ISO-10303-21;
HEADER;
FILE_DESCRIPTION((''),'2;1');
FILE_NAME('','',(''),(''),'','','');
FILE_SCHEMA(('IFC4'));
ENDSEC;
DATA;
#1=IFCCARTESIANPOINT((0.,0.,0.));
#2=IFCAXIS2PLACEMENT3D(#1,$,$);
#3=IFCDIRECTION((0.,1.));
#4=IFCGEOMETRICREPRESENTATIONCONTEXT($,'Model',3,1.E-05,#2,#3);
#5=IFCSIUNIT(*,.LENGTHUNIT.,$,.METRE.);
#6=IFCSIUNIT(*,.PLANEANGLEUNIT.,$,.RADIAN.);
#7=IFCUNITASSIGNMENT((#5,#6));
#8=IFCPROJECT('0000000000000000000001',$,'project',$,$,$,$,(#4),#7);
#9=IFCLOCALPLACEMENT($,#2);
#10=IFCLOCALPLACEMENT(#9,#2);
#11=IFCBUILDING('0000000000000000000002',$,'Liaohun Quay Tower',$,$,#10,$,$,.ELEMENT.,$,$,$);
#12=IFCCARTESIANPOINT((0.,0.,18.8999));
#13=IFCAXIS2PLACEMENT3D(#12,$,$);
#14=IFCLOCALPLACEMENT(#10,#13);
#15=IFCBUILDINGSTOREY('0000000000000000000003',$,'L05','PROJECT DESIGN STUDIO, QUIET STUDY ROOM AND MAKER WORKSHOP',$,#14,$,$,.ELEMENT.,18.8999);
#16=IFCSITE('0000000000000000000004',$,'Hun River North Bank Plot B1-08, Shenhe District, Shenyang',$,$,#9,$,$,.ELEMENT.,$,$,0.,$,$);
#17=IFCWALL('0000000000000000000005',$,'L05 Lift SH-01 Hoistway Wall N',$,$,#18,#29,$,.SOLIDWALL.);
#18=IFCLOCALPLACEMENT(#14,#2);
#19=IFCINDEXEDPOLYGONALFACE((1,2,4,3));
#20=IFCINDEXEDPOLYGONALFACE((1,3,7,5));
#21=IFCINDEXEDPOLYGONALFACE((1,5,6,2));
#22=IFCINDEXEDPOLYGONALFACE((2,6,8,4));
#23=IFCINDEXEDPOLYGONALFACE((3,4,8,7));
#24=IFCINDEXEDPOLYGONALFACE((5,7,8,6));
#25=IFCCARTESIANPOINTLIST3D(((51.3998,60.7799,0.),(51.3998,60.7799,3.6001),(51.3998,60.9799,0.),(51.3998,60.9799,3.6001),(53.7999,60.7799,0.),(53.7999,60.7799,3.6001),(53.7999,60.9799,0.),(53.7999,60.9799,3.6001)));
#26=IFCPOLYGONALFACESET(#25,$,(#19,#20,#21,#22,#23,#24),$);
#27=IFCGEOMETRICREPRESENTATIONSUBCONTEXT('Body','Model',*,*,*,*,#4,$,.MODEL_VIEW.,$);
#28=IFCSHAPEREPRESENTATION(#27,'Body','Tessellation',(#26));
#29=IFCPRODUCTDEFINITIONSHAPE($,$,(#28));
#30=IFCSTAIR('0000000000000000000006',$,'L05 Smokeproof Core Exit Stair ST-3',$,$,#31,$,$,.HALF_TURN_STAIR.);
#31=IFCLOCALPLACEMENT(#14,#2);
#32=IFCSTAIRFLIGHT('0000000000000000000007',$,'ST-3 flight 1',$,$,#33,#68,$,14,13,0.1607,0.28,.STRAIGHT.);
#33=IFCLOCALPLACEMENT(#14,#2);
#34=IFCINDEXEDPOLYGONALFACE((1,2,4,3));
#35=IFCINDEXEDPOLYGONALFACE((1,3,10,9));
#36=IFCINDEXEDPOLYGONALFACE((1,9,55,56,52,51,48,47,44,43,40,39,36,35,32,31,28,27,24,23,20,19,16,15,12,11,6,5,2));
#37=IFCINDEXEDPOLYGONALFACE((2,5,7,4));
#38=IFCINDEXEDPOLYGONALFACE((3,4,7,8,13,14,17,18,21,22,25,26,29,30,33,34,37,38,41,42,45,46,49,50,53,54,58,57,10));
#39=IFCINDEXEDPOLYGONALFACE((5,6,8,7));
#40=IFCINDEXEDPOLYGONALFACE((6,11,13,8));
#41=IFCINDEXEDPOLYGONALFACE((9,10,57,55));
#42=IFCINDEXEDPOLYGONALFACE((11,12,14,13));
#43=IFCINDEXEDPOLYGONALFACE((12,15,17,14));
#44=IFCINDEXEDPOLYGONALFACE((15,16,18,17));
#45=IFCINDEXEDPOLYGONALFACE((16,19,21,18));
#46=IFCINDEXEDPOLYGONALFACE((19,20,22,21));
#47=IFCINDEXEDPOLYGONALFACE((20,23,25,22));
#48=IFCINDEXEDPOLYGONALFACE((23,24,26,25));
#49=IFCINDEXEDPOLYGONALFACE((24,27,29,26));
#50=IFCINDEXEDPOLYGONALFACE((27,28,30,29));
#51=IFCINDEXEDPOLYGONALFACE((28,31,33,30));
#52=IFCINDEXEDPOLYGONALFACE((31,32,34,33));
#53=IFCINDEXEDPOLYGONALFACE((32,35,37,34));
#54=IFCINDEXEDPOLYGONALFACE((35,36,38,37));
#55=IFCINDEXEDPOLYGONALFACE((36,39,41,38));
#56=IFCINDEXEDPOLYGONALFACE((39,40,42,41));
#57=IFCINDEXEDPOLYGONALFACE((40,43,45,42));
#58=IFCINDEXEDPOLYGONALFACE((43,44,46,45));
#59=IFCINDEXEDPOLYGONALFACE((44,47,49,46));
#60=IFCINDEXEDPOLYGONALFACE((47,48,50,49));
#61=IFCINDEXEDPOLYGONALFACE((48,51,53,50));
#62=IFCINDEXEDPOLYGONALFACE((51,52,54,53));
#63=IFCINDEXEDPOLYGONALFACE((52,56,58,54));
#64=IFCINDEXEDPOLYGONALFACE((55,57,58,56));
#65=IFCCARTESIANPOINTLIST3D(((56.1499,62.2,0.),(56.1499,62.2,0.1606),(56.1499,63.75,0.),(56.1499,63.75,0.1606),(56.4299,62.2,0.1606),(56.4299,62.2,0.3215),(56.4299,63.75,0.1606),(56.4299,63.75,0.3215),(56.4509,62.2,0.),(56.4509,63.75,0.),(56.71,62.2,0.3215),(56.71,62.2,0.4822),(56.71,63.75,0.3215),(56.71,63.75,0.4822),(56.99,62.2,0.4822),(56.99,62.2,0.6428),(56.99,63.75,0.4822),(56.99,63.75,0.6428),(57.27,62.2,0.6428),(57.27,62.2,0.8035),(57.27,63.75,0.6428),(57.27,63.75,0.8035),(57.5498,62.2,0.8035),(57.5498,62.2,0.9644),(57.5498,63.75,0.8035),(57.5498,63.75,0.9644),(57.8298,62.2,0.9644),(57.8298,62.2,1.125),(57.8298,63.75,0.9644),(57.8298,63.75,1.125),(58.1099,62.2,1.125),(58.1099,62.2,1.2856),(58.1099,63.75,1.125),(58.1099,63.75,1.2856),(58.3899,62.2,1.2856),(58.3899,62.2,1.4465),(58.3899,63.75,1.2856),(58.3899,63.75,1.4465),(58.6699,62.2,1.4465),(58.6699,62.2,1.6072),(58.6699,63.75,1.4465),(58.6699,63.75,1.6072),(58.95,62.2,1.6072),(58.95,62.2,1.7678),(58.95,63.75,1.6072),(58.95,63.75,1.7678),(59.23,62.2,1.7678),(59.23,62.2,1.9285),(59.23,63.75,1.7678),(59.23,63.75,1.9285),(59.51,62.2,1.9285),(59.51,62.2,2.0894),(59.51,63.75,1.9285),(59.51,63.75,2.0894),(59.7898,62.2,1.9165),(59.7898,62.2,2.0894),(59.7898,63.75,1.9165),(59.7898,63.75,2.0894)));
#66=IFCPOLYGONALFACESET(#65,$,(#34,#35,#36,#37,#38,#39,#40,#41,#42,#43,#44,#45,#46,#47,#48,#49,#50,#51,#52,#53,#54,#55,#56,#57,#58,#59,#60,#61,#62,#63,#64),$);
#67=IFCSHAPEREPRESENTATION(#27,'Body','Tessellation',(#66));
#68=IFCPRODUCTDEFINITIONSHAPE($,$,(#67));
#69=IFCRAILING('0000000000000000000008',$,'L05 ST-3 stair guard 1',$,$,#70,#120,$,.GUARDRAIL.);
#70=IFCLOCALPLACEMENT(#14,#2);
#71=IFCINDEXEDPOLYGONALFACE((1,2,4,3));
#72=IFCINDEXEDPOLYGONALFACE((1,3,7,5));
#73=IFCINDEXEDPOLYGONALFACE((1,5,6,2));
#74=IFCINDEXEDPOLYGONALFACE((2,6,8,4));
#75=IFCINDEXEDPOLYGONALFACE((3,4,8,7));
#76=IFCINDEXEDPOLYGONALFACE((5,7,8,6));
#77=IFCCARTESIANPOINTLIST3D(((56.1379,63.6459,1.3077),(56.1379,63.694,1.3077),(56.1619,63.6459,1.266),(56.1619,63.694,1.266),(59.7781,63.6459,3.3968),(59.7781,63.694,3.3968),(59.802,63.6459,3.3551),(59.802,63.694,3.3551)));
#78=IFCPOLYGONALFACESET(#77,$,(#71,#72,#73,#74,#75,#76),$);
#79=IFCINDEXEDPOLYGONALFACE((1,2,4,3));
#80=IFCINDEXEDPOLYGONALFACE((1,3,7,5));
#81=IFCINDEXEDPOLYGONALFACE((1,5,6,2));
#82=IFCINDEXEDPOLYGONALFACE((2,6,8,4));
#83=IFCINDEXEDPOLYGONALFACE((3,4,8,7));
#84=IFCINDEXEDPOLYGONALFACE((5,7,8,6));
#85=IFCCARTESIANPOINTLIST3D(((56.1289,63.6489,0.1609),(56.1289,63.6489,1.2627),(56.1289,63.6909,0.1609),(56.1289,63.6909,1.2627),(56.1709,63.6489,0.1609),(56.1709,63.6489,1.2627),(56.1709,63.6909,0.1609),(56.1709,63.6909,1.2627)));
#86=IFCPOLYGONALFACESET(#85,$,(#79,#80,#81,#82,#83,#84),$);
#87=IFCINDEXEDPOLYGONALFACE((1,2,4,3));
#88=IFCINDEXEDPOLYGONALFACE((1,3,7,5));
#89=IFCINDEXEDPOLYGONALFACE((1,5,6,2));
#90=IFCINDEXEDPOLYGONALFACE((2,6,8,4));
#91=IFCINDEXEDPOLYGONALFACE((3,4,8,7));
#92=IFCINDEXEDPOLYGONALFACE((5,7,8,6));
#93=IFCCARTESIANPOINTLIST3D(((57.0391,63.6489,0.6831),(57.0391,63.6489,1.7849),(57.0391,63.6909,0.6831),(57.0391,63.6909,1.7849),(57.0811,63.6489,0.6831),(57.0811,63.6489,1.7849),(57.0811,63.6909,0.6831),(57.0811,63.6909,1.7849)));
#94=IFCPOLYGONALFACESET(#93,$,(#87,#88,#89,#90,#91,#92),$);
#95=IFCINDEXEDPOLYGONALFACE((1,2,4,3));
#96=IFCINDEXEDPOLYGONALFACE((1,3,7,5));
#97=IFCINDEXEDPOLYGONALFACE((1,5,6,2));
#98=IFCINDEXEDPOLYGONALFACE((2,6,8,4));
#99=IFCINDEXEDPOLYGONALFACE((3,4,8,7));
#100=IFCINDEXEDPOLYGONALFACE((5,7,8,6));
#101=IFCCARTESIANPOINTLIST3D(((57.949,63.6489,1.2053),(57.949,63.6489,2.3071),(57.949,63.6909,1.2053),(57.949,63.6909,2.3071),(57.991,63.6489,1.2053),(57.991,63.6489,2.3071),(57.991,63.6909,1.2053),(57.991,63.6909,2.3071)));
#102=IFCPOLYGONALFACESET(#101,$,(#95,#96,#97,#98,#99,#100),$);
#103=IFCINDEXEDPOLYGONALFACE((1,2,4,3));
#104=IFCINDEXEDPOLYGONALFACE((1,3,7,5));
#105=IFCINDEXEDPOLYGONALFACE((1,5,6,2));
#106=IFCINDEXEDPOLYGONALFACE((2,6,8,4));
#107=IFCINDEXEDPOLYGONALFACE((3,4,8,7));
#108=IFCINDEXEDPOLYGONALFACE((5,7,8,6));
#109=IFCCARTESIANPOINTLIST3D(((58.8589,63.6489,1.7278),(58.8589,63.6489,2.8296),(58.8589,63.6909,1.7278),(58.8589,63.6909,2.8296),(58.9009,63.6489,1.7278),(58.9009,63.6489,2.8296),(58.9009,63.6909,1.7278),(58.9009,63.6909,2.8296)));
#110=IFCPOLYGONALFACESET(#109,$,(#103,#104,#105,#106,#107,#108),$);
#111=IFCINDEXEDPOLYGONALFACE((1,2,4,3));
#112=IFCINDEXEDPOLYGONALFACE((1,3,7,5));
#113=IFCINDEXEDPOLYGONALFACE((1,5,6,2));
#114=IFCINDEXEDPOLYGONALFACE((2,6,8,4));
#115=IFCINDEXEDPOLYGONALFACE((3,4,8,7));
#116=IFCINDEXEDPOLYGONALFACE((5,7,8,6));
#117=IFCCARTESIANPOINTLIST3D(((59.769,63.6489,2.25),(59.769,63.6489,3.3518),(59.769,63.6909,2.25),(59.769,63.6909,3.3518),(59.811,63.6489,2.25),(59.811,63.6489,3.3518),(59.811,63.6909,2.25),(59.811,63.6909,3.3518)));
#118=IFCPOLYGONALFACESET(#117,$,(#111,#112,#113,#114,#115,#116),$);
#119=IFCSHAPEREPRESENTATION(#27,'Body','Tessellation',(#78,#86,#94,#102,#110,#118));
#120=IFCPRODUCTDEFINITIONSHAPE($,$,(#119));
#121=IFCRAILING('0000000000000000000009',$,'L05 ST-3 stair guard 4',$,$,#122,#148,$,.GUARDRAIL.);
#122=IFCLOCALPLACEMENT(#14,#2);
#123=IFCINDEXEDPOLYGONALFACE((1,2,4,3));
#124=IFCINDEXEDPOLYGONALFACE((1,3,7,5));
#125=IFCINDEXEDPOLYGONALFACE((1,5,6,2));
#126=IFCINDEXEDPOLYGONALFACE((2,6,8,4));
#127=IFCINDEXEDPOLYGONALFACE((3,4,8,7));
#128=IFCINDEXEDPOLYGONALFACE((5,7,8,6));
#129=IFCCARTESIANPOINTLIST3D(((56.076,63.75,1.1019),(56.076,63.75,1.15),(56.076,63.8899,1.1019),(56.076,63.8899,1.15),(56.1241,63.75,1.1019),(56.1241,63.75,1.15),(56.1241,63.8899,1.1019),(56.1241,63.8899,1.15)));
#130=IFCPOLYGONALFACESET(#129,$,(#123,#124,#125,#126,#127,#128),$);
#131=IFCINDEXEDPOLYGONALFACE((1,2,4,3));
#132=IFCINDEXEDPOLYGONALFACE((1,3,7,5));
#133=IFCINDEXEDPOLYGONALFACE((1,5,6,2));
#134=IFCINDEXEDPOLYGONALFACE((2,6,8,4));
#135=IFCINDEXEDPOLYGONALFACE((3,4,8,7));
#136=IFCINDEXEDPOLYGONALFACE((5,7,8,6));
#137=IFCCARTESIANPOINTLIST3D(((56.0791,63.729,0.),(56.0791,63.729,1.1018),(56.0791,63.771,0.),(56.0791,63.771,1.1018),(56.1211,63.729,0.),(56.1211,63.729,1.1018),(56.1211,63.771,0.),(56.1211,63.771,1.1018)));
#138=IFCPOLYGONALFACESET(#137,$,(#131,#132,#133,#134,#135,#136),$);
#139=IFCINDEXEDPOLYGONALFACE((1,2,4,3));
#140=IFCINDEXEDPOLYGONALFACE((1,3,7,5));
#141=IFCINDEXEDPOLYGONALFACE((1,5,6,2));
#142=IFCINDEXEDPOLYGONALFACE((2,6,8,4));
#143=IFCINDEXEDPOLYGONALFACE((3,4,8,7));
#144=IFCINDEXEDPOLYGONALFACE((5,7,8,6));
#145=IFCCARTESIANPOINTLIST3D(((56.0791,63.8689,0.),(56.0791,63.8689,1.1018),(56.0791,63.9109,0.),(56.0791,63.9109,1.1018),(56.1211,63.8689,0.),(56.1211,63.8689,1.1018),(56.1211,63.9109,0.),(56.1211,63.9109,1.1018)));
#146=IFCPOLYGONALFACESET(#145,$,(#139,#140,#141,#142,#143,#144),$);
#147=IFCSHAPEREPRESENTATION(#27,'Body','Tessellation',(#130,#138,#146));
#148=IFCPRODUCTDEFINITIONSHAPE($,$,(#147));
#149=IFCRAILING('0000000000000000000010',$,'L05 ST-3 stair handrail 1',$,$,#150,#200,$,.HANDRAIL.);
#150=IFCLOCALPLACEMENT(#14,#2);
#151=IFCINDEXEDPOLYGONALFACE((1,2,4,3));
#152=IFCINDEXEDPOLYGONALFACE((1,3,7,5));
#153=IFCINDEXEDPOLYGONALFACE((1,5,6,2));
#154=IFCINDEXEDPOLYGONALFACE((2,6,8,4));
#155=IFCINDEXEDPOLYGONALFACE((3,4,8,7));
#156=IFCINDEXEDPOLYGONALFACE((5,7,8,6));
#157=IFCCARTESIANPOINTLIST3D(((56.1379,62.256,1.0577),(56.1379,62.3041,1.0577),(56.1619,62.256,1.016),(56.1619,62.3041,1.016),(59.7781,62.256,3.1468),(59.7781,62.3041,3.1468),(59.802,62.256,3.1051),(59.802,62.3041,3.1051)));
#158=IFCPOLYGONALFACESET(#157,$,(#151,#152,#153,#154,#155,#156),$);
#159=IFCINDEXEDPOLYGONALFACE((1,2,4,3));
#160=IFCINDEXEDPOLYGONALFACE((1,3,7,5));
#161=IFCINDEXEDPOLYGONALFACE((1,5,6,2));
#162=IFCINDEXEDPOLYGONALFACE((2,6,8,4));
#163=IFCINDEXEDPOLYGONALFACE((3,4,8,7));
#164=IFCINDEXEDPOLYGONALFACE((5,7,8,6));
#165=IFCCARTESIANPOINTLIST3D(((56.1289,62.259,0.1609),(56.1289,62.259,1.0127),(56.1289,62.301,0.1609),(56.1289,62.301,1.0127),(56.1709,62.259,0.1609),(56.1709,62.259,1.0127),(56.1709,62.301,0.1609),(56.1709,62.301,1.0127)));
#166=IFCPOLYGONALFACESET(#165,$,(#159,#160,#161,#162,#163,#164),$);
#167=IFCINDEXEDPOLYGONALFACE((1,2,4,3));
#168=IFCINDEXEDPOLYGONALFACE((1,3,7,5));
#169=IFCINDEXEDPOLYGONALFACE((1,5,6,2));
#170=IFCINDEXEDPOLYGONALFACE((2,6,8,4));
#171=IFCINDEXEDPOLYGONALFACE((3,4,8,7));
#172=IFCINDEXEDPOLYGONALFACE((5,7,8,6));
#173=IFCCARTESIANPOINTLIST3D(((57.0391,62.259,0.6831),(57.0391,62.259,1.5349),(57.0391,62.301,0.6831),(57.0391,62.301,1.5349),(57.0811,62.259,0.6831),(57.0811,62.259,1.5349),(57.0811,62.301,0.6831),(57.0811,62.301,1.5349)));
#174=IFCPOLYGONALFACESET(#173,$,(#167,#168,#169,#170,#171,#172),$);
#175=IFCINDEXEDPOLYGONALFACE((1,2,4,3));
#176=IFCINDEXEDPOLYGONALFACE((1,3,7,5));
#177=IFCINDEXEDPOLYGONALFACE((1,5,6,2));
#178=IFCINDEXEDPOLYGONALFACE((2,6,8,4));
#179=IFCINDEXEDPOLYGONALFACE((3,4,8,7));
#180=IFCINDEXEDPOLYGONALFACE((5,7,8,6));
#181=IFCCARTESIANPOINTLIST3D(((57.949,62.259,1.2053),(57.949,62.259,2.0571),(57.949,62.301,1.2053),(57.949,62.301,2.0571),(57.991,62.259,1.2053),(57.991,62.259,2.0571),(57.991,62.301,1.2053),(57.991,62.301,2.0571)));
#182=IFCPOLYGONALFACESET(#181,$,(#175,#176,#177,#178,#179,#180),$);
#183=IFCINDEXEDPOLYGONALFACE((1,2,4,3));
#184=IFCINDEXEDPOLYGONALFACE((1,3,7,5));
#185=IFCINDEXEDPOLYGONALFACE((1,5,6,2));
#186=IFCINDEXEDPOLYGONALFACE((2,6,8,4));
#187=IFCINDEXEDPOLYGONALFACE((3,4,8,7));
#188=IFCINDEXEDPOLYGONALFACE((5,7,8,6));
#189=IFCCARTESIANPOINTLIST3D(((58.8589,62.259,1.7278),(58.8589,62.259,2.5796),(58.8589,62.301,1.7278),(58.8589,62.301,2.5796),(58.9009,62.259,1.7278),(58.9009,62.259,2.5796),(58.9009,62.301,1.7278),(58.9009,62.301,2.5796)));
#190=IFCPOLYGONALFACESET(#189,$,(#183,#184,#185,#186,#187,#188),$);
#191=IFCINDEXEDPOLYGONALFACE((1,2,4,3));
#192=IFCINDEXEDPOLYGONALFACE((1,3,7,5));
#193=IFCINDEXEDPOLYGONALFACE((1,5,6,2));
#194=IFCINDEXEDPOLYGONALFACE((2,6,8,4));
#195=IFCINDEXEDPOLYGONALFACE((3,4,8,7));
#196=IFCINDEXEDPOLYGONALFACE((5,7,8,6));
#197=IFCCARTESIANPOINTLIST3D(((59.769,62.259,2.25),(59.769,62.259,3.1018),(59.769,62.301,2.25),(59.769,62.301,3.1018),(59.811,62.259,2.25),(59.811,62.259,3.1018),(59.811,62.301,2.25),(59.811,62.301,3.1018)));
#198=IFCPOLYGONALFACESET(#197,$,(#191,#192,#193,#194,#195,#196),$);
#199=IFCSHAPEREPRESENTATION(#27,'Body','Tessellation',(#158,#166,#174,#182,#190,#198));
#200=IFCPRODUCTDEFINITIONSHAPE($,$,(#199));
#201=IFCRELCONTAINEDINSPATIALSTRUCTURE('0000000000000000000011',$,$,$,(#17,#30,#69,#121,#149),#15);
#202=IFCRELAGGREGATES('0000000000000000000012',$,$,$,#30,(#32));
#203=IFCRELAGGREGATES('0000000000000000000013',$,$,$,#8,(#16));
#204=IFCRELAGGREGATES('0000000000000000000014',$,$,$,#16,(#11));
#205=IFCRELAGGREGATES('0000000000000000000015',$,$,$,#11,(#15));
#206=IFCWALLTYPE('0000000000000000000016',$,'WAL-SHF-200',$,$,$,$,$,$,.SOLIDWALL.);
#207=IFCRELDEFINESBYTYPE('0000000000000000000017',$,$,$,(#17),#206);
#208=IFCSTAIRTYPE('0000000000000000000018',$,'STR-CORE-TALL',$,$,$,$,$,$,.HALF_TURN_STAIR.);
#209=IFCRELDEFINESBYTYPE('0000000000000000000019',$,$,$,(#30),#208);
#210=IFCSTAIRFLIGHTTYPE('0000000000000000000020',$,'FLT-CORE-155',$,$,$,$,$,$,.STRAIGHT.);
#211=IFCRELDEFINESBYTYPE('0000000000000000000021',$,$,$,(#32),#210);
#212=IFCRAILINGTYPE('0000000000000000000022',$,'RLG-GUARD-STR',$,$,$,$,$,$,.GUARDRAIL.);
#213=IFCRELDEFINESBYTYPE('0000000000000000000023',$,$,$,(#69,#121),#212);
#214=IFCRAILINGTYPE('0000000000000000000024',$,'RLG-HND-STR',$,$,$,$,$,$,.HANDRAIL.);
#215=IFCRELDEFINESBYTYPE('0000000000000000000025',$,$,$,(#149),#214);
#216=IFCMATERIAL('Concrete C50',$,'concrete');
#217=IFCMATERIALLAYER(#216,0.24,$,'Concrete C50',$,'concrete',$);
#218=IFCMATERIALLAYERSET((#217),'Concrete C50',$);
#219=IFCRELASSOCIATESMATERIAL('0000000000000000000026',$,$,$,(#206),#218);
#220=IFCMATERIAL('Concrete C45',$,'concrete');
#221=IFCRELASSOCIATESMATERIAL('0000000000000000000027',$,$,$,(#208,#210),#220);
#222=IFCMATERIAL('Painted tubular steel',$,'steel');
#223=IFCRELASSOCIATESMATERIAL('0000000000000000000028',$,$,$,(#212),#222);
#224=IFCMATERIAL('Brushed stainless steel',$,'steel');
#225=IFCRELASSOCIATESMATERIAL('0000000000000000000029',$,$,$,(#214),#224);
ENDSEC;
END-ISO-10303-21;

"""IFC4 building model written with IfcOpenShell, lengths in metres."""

from ifc_helpers import new_model, si_unit, direction, frame, frame_2d, origin, origin_2d, place, context, subcontext, project, spatial, polyline, rectangle, outline, extrude, material, layer, layer_set, type_object, element, aggregate, save


model = new_model("IFC4")

# Units and contexts
model_context = context("Model", 3, precision=1e-05, world=origin(), true_north=direction((0.0, 1.0)))
body_context = subcontext(model_context, "Body", "Model", "MODEL_VIEW")
ifc_project = project(units=[si_unit("LENGTHUNIT", "METRE"), si_unit("PLANEANGLEUNIT", "RADIAN")], contexts=[model_context])

# Site, building, storey
site_placement = place(None, origin())
site = spatial("IfcSite", under=ifc_project, at=site_placement, Name="Hun River North Bank Plot B1-08, Shenhe District, Shenyang", CompositionType="ELEMENT", RefElevation=0.0)
building_placement = place(site_placement, origin())
building = spatial("IfcBuilding", under=site, at=building_placement, Name="Liaohun Quay Tower", CompositionType="ELEMENT")
storey_placement = place(building_placement, frame((0.0, 0.0, 18.8999)))
storey = spatial("IfcBuildingStorey", under=building, at=storey_placement, Name="L05", Description="PROJECT DESIGN STUDIO, QUIET STUDY ROOM AND MAKER WORKSHOP", CompositionType="ELEMENT", Elevation=18.8999)

# Wall
ifc_material_1 = material(Name="Concrete C50", Category="concrete")
ifc_layer_1 = layer(ifc_material_1, 0.24, Name="Concrete C50", Category="concrete")
ifc_layer_set_1 = layer_set([ifc_layer_1], Name="Concrete C50")
wall_type_1 = type_object("IfcWallType", Name="WAL-SHF-200", PredefinedType="SOLIDWALL", material=ifc_layer_set_1)
wall_1_placement = place(storey_placement, frame((53.8, 60.8799, 0.0), z_axis=(0.0, 0.0, 1.0), x_axis=(-1.0, 0.0, 0.0)))
element("IfcWall", 1, at=wall_1_placement, inside=storey, type_object=wall_type_1, Name="L05 Lift SH-01 Hoistway Wall N", PredefinedType="SOLIDWALL", context=body_context, shape_type="SweptSolid", body=[
    extrude(rectangle(XDim=2.4001, YDim=0.2, at=frame_2d((1.2002, 0.0))), origin(), (0.0, 0.0, 1.0), 3.6001),
])

# Stair, stair flight
ifc_material_2 = material(Name="Concrete C45", Category="concrete")
stair_type = type_object("IfcStairType", Name="STR-CORE-TALL", PredefinedType="HALF_TURN_STAIR", material=ifc_material_2)
stair_placement = place(storey_placement, origin())
stair = element("IfcStair", 2, at=stair_placement, inside=storey, type_object=stair_type, Name="L05 Smokeproof Core Exit Stair ST-3", PredefinedType="HALF_TURN_STAIR")
stair_flight_type = type_object("IfcStairFlightType", Name="FLT-CORE-155", PredefinedType="STRAIGHT", material=ifc_material_2)
stair_flight_placement = place(storey_placement, frame((56.1499, 62.9751, 0.0), z_axis=(0.0, 0.0, 1.0), x_axis=(1.0, 0.0, 0.0)))
stair_flight = element("IfcStairFlight", 3, at=stair_flight_placement, type_object=stair_flight_type, Name="ST-3 flight 1", NumberOfRisers=14, NumberOfTreads=13, PredefinedType="STRAIGHT", RiserHeight=0.1607, TreadLength=0.28, context=body_context, shape_type="SweptSolid", body=[
    extrude(outline(polyline([(0.0, 0.0), (0.0, 0.1606), (0.28, 0.1606), (0.28, 0.3215), (0.5601, 0.3215), (0.5601, 0.4822), (0.8401, 0.4822), (0.8401, 0.6428), (1.1201, 0.6428), (1.1201, 0.8035), (1.3999, 0.8035), (1.3999, 0.9644), (1.6799, 0.9644), (1.6799, 1.125), (1.96, 1.125), (1.96, 1.2856), (2.24, 1.2856), (2.24, 1.4465), (2.52, 1.4465), (2.52, 1.6072), (2.8, 1.6072), (2.8, 1.7678), (3.0801, 1.7678), (3.0801, 1.9285), (3.3601, 1.9285), (3.3601, 2.0894), (3.6399, 2.0894), (3.6399, 2.25), (3.6399, 1.9165), (0.301, 0.0), (0.0, 0.0)])), frame((0.0, 0.7749, 0.0), z_axis=(0.0, -1.0, 0.0), x_axis=(1.0, 0.0, 0.0)), (0.0, 0.0, 1.0), 1.55),
])
aggregate(stair, [stair_flight])

# Railings
ifc_material_3 = material(Name="Painted tubular steel", Category="steel")
railing_type_1 = type_object("IfcRailingType", Name="RLG-GUARD-STR", PredefinedType="GUARDRAIL", material=ifc_material_3)
railing_1_placement = place(storey_placement, frame((56.1499, 63.6699, 0.1609)))
element("IfcRailing", 4, at=railing_1_placement, inside=storey, type_object=railing_type_1, Name="L05 ST-3 stair guard 1", PredefinedType="GUARDRAIL", context=body_context, shape_type="SweptSolid", body=[
    extrude(rectangle(XDim=0.0481, YDim=0.0481, at=origin_2d()), frame((0.0, 0.0, 1.126), z_axis=(0.867314, 0.0, 0.497761), x_axis=(0.0, 1.0, 0.0)), (0.0, 0.0, 1.0), 4.197),
    extrude(rectangle(XDim=0.042, YDim=0.042, at=origin_2d()), origin(), (0.0, 0.0, 1.0), 1.1018),
    extrude(rectangle(XDim=0.042, YDim=0.042, at=origin_2d()), frame((0.9102, 0.0, 0.5222)), (0.0, 0.0, 1.0), 1.1018),
    extrude(rectangle(XDim=0.042, YDim=0.042, at=origin_2d()), frame((1.8201, 0.0, 1.0444)), (0.0, 0.0, 1.0), 1.1018),
    extrude(rectangle(XDim=0.042, YDim=0.042, at=origin_2d()), frame((2.73, 0.0, 1.5669)), (0.0, 0.0, 1.0), 1.1018),
    extrude(rectangle(XDim=0.042, YDim=0.042, at=origin_2d()), frame((3.6401, 0.0, 2.0891)), (0.0, 0.0, 1.0), 1.1018),
])
railing_2_placement = place(storey_placement, frame((56.1001, 63.75, 0.0)))
element("IfcRailing", 5, at=railing_2_placement, inside=storey, type_object=railing_type_1, Name="L05 ST-3 stair guard 4", PredefinedType="GUARDRAIL", context=body_context, shape_type="SweptSolid", body=[
    extrude(rectangle(XDim=0.0481, YDim=0.0481, at=origin_2d()), frame((0.0, 0.0, 1.126), z_axis=(0.0, 1.0, 0.0), x_axis=(-1.0, 0.0, 0.0)), (0.0, 0.0, 1.0), 0.1399),
    extrude(rectangle(XDim=0.042, YDim=0.042, at=origin_2d()), origin(), (0.0, 0.0, 1.0), 1.1018),
    extrude(rectangle(XDim=0.042, YDim=0.042, at=origin_2d()), frame((0.0, 0.1399, 0.0)), (0.0, 0.0, 1.0), 1.1018),
])
ifc_material_4 = material(Name="Brushed stainless steel", Category="steel")
railing_type_2 = type_object("IfcRailingType", Name="RLG-HND-STR", PredefinedType="HANDRAIL", material=ifc_material_4)
railing_3_placement = place(storey_placement, frame((56.1499, 62.28, 0.1609)))
element("IfcRailing", 6, at=railing_3_placement, inside=storey, type_object=railing_type_2, Name="L05 ST-3 stair handrail 1", PredefinedType="HANDRAIL", context=body_context, shape_type="SweptSolid", body=[
    extrude(rectangle(XDim=0.0481, YDim=0.0481, at=origin_2d()), frame((0.0, 0.0, 0.876), z_axis=(0.867314, 0.0, 0.497761), x_axis=(0.0, 1.0, 0.0)), (0.0, 0.0, 1.0), 4.197),
    extrude(rectangle(XDim=0.042, YDim=0.042, at=origin_2d()), origin(), (0.0, 0.0, 1.0), 0.8518),
    extrude(rectangle(XDim=0.042, YDim=0.042, at=origin_2d()), frame((0.9102, 0.0, 0.5222)), (0.0, 0.0, 1.0), 0.8518),
    extrude(rectangle(XDim=0.042, YDim=0.042, at=origin_2d()), frame((1.8201, 0.0, 1.0444)), (0.0, 0.0, 1.0), 0.8518),
    extrude(rectangle(XDim=0.042, YDim=0.042, at=origin_2d()), frame((2.73, 0.0, 1.5669)), (0.0, 0.0, 1.0), 0.8518),
    extrude(rectangle(XDim=0.042, YDim=0.042, at=origin_2d()), frame((3.6401, 0.0, 2.0891)), (0.0, 0.0, 1.0), 0.8518),
])

save(model, "model.ifc")
